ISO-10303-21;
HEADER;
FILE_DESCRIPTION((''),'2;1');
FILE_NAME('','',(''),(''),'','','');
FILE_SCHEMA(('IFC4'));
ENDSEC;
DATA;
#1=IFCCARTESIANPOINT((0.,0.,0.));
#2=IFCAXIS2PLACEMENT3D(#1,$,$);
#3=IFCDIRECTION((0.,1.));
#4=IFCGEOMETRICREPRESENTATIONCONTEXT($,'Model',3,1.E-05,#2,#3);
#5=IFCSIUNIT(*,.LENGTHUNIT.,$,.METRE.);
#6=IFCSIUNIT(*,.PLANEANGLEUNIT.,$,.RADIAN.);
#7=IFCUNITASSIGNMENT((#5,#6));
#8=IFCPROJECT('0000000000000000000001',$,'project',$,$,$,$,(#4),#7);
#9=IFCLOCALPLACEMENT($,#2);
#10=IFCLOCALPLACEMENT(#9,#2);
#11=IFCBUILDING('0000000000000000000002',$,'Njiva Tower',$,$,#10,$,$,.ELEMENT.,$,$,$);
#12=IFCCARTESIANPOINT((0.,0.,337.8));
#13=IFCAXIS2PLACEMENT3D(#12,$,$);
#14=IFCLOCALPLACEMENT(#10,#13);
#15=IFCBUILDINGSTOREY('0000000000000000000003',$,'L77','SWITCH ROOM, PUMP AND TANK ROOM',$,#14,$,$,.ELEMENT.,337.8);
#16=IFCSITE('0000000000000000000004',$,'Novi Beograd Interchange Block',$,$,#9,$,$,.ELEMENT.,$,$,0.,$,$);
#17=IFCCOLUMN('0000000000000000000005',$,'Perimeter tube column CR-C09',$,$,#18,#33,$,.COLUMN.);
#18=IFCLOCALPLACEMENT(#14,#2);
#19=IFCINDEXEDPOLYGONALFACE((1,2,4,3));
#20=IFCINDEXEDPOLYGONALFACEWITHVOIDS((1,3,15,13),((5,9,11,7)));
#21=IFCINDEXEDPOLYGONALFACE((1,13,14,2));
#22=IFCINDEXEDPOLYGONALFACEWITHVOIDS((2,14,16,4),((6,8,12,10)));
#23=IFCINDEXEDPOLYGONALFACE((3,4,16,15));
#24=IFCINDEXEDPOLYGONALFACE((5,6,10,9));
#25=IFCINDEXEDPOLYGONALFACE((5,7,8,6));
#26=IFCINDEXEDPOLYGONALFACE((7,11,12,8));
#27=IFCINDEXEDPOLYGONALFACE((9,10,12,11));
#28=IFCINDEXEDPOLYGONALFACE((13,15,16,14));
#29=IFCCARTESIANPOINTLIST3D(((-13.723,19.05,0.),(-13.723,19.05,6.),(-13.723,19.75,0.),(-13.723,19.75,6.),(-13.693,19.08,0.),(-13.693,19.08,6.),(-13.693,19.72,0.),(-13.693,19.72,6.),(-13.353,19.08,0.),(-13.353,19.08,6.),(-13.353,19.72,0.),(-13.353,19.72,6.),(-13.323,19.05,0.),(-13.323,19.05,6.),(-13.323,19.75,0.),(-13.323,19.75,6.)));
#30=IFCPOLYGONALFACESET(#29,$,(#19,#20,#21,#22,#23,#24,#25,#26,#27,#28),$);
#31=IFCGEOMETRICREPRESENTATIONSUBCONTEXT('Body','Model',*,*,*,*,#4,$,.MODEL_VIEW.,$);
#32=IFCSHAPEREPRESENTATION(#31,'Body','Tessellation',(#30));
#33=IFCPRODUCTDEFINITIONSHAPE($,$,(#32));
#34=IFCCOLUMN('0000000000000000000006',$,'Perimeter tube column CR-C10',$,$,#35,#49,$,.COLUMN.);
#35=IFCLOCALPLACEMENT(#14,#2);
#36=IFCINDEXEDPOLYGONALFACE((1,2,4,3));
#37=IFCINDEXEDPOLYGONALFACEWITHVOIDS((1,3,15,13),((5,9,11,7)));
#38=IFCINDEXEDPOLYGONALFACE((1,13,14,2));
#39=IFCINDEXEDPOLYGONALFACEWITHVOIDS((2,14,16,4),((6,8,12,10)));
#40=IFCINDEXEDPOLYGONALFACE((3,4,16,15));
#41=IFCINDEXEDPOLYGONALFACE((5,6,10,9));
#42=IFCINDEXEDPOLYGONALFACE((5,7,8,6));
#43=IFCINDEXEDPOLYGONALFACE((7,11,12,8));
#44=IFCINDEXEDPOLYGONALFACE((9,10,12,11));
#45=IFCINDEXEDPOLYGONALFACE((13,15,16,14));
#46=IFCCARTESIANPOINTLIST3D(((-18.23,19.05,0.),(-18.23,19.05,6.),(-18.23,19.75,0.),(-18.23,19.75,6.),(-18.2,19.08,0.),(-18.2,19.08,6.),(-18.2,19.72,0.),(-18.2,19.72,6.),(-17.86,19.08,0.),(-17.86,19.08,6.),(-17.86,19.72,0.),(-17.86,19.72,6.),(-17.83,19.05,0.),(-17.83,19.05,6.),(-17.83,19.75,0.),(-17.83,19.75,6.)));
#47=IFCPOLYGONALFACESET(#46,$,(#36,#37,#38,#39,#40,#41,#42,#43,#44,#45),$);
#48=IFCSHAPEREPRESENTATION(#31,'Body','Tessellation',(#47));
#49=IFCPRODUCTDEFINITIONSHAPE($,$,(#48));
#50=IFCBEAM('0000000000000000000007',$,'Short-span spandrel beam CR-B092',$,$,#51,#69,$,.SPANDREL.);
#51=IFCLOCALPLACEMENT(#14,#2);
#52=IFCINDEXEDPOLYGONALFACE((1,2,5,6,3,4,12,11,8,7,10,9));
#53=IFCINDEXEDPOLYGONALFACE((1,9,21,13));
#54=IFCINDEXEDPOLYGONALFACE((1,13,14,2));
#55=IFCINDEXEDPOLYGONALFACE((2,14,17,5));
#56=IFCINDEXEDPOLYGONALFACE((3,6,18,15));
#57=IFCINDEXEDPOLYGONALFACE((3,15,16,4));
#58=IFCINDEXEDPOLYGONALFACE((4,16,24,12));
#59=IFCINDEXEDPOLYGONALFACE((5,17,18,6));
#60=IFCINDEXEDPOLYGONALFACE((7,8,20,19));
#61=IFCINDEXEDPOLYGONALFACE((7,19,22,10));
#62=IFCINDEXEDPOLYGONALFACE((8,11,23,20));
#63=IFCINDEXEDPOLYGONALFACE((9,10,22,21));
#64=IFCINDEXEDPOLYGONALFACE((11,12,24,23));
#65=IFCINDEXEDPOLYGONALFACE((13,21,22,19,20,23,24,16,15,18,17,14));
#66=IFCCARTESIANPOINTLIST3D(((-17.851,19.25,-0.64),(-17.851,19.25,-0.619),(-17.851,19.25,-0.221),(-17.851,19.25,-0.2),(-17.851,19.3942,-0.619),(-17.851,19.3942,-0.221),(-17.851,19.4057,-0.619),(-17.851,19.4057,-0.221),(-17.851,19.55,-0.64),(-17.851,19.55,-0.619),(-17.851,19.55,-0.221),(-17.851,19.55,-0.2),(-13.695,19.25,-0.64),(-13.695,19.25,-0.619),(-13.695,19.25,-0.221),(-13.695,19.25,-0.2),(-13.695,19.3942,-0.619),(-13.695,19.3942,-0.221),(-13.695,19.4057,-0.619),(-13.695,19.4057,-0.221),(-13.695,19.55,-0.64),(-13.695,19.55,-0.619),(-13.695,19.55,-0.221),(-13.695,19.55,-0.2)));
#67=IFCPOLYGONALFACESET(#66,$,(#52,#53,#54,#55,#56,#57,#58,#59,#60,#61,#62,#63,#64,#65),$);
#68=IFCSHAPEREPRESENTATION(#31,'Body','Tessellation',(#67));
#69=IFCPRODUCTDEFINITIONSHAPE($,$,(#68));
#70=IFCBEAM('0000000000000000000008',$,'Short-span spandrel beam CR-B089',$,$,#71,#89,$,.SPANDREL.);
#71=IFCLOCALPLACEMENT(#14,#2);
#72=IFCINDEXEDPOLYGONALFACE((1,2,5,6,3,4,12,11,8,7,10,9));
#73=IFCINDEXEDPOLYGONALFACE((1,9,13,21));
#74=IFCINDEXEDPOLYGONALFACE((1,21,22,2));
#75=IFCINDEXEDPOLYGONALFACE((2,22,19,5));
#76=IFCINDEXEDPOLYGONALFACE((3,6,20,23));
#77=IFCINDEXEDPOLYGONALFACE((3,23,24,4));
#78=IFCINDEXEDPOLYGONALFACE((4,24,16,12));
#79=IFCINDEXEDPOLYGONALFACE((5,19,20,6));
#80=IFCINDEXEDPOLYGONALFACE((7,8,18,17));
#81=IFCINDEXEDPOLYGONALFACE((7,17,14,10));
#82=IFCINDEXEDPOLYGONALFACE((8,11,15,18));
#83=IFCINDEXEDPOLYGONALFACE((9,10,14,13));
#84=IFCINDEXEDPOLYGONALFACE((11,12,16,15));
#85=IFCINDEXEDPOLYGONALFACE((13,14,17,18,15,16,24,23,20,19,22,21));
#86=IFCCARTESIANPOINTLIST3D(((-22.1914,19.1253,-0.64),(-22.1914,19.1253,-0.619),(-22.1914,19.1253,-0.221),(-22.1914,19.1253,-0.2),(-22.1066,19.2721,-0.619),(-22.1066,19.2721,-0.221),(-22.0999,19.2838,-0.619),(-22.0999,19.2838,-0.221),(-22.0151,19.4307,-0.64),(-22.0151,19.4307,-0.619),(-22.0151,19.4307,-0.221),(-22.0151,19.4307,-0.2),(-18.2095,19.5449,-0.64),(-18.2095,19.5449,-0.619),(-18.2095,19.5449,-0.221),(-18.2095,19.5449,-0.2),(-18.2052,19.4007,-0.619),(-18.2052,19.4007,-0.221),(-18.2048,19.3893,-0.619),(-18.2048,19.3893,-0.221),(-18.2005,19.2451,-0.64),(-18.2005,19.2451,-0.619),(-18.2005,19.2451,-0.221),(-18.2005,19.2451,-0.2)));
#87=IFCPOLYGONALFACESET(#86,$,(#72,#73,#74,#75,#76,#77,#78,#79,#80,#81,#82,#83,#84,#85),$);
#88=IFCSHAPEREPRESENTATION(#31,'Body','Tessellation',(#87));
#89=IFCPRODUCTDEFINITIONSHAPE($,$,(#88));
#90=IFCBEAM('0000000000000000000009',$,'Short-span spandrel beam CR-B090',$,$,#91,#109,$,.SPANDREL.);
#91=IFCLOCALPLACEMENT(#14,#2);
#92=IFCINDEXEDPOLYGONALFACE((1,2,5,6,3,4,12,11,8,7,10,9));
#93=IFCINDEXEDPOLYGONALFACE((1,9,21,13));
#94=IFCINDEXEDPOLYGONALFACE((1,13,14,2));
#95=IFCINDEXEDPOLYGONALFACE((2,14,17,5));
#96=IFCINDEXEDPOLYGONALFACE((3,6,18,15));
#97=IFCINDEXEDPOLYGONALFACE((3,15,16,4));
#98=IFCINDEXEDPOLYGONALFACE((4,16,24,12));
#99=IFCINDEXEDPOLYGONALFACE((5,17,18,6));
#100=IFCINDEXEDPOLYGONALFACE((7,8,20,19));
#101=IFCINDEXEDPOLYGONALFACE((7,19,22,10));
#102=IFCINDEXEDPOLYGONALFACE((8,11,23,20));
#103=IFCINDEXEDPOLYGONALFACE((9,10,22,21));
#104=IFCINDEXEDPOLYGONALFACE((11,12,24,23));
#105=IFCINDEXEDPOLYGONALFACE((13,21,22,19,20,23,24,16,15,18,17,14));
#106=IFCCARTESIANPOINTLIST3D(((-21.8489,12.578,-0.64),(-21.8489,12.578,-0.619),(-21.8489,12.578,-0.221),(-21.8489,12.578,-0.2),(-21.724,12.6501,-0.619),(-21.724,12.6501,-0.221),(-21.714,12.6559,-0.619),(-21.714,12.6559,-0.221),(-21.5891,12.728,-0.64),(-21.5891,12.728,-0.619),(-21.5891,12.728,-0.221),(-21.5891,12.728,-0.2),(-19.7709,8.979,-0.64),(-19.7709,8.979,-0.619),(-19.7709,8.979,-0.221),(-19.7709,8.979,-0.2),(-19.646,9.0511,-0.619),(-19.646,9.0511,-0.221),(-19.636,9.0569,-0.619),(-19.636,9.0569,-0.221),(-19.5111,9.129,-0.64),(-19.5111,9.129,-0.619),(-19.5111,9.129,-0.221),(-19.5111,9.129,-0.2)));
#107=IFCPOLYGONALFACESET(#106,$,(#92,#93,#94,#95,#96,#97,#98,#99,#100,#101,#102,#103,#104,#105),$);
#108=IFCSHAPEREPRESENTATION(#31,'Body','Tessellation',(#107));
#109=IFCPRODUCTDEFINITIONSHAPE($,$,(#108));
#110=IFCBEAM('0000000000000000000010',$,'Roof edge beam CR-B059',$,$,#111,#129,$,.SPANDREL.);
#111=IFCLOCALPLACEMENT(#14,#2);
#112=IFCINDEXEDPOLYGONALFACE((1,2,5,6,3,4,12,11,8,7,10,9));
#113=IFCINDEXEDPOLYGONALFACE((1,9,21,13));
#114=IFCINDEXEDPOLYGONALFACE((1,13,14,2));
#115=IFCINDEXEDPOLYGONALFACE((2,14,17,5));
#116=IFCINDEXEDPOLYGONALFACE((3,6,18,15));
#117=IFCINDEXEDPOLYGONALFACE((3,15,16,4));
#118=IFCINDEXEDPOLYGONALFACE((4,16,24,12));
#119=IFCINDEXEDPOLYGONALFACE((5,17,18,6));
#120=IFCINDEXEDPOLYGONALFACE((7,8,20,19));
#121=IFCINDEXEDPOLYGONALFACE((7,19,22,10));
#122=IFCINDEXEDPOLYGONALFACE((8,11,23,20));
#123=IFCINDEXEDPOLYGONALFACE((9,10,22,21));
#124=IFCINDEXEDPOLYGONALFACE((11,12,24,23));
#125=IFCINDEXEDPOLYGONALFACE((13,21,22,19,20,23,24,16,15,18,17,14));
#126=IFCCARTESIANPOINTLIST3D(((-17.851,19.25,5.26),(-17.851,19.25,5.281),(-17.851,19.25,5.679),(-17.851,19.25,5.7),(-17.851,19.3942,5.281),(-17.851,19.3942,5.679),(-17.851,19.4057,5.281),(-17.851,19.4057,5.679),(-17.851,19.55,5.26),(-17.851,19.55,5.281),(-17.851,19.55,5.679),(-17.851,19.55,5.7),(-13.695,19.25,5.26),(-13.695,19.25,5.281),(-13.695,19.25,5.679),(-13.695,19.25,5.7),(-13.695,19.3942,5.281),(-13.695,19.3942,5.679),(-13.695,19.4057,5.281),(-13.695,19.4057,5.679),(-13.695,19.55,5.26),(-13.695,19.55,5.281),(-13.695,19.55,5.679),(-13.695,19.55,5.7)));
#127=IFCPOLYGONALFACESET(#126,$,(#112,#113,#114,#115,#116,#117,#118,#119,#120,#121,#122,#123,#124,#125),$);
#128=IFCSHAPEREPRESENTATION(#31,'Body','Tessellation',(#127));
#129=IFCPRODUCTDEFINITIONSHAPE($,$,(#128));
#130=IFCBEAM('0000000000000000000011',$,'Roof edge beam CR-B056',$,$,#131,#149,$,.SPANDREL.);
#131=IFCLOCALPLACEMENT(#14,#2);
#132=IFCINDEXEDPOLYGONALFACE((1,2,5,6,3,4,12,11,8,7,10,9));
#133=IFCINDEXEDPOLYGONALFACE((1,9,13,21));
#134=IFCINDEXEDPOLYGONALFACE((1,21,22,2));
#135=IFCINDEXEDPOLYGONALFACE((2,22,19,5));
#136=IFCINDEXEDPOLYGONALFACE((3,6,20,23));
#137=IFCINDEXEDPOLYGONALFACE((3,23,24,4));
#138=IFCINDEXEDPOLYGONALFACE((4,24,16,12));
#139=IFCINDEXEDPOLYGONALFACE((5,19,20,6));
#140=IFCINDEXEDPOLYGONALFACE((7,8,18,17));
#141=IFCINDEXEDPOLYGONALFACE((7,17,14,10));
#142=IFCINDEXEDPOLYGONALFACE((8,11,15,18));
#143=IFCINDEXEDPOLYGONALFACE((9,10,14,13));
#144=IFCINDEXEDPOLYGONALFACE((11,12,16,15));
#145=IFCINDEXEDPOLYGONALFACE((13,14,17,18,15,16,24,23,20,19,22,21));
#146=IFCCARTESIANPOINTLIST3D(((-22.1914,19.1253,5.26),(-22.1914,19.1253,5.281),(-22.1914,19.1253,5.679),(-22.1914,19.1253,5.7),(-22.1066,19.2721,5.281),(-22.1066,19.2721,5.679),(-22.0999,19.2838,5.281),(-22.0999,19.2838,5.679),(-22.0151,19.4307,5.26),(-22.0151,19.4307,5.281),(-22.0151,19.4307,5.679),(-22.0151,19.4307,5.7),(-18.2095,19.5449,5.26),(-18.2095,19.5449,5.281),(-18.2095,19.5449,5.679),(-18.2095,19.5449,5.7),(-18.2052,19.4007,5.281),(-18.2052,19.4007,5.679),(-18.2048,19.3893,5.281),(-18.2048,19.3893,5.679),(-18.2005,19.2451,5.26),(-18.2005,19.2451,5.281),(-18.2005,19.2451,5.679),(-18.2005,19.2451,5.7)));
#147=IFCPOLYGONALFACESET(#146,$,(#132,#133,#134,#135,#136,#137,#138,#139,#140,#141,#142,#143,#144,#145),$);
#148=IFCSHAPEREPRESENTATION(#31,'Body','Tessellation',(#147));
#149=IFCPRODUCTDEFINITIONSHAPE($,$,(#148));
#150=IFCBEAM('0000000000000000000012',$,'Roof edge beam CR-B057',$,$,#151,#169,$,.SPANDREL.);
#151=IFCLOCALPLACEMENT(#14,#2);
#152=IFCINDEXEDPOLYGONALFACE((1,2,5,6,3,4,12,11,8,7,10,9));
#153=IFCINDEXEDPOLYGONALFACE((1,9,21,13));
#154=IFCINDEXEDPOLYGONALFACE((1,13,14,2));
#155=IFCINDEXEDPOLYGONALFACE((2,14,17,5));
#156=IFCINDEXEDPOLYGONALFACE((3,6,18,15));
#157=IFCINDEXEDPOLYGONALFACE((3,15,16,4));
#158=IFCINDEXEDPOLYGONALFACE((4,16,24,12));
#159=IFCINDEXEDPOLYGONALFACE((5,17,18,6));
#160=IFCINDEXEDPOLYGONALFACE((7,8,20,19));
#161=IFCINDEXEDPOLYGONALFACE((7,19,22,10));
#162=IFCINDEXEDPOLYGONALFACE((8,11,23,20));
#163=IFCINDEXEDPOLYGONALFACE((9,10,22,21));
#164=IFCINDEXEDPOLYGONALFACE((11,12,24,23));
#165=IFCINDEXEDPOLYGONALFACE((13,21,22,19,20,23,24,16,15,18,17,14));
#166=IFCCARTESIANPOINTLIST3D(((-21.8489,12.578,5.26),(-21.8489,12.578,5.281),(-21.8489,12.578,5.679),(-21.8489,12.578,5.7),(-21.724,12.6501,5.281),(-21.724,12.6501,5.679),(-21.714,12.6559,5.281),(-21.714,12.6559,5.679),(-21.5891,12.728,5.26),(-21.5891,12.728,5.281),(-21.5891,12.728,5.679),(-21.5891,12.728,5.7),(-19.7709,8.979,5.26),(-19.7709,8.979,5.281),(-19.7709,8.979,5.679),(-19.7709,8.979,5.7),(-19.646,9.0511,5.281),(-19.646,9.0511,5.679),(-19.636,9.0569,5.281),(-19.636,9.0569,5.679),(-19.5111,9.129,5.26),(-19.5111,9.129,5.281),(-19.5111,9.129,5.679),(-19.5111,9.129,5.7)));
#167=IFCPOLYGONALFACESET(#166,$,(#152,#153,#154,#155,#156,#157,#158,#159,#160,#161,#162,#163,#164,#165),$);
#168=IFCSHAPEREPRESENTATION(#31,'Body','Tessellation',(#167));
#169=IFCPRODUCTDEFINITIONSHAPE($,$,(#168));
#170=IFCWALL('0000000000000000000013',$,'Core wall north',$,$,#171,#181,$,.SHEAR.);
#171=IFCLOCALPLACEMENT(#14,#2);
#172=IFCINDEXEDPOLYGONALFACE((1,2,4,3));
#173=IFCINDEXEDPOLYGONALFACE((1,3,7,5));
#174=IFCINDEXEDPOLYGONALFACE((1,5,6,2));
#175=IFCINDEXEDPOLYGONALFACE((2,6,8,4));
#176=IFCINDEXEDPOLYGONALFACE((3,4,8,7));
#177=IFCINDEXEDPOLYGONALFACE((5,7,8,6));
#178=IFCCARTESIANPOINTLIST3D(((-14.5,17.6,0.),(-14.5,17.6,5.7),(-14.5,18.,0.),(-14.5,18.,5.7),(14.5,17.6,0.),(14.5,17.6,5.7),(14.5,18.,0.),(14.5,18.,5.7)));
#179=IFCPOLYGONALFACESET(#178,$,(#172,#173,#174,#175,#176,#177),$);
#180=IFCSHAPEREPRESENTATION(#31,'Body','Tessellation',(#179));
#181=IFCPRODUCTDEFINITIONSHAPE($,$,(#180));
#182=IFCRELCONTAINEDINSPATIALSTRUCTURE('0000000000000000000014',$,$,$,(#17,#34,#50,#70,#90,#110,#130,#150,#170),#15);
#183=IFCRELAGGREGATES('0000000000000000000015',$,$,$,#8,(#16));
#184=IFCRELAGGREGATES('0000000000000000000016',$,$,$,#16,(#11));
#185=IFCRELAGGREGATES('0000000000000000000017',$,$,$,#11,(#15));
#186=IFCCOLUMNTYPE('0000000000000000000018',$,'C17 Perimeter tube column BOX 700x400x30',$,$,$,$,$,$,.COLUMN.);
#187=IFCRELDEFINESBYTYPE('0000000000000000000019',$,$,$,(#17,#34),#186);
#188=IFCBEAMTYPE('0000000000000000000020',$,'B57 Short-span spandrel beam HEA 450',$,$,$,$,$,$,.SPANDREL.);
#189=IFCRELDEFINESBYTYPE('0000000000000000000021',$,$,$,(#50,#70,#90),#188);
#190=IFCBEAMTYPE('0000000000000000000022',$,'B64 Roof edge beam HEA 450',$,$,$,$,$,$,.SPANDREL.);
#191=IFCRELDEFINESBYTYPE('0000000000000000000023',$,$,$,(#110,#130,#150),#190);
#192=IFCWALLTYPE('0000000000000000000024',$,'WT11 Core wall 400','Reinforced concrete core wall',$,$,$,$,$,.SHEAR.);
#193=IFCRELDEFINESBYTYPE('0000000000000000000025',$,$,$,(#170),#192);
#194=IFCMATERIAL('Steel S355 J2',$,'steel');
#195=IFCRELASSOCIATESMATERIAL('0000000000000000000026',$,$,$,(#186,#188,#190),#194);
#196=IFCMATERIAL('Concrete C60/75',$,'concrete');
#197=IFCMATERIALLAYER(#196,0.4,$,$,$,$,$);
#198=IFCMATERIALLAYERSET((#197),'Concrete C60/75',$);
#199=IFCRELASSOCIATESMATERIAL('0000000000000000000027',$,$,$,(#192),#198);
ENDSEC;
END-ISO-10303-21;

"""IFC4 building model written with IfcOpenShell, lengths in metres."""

from ifc_helpers import new_model, si_unit, direction, frame, frame_2d, origin, origin_2d, place, context, subcontext, project, spatial, rectangle, hollow_rectangle, i_section, extrude, clip, halfspace, material, layer, layer_set, material_profile, profile_set, type_object, element, save


model = new_model("IFC4")

# Units and contexts
model_context = context("Model", 3, precision=1e-05, world=origin(), true_north=direction((0.0, 1.0)))
body_context = subcontext(model_context, "Body", "Model", "MODEL_VIEW")
ifc_project = project(units=[si_unit("LENGTHUNIT", "METRE"), si_unit("PLANEANGLEUNIT", "RADIAN")], contexts=[model_context])

# Site, building, storey
site_placement = place(None, origin())
site = spatial("IfcSite", under=ifc_project, at=site_placement, Name="Novi Beograd Interchange Block", CompositionType="ELEMENT", RefElevation=0.0)
building_placement = place(site_placement, origin())
building = spatial("IfcBuilding", under=site, at=building_placement, Name="Njiva Tower", CompositionType="ELEMENT")
storey_placement = place(building_placement, frame((0.0, 0.0, 337.8)))
storey = spatial("IfcBuildingStorey", under=building, at=storey_placement, Name="L77", Description="SWITCH ROOM, PUMP AND TANK ROOM", CompositionType="ELEMENT", Elevation=337.8)

# Columns
ifc_material_1 = material(Name="Steel S355 J2", Category="steel")
ifc_material_profile_1 = material_profile(ifc_material_1, hollow_rectangle(XDim=0.4, YDim=0.7, WallThickness=0.03, at=origin_2d()), Name="BOX 700x400x30")
ifc_profile_set_1 = profile_set([ifc_material_profile_1], Name="Steel S355 J2")
column_type = type_object("IfcColumnType", Name="C17 Perimeter tube column BOX 700x400x30", PredefinedType="COLUMN", material=ifc_profile_set_1)
for number, where, z_axis, x_axis, name in (
    (1, (-13.523, 19.4, 0.0), (0.0, 0.0, 1.0), (-1.0, 0.0, 0.0), "Perimeter tube column CR-C09"),
    (2, (-18.03, 19.4, 0.0), (0.0, 0.0, 1.0), (-1.0, 0.0, 0.0), "Perimeter tube column CR-C10"),
):
    element("IfcColumn", number, at=place(storey_placement, frame(where, z_axis=z_axis, x_axis=x_axis)), inside=storey, type_object=column_type, Name=name, PredefinedType="COLUMN", context=body_context, shape_type="SweptSolid", body=[
        extrude(hollow_rectangle(XDim=0.4, YDim=0.7, WallThickness=0.03, at=origin_2d()), origin(), (0.0, 0.0, 1.0), 6.0),
    ])

# Beams
ifc_material_profile_2 = material_profile(ifc_material_1, i_section(OverallWidth=0.3, OverallDepth=0.44, WebThickness=0.0115, FlangeThickness=0.021, at=origin_2d()), Name="HEA 450")
ifc_profile_set_2 = profile_set([ifc_material_profile_2], Name="Steel S355 J2")
beam_type_1 = type_object("IfcBeamType", Name="B57 Short-span spandrel beam HEA 450", PredefinedType="SPANDREL", material=ifc_profile_set_2)
beam_1_placement = place(storey_placement, frame((-13.695, 19.4, -0.42), z_axis=(-1.0, 0.0, 0.0), x_axis=(0.0, -1.0, 0.0)))
element("IfcBeam", 3, at=beam_1_placement, inside=storey, type_object=beam_type_1, Name="Short-span spandrel beam CR-B092", PredefinedType="SPANDREL", context=body_context, shape_type="SweptSolid", body=[
    extrude(i_section(OverallWidth=0.3, OverallDepth=0.44, WebThickness=0.0115, FlangeThickness=0.021, at=origin_2d()), origin(), (0.0, 0.0, 1.0), 4.156),
])
beam_2_placement = place(storey_placement, frame((-18.205, 19.395, -0.42), z_axis=(-0.99955, -0.030002, 0.0), x_axis=(0.030002, -0.99955, 0.0)))
element("IfcBeam", 4, at=beam_2_placement, inside=storey, type_object=beam_type_1, Name="Short-span spandrel beam CR-B089", PredefinedType="SPANDREL", context=body_context, shape_type="Clipping", body=[
    clip(extrude(i_section(OverallWidth=0.3, OverallDepth=0.44, WebThickness=0.0115, FlangeThickness=0.021, at=origin_2d()), origin(), (0.0, 0.0, 1.0), 4.0128), halfspace(frame((-0.0259, 0.0, 3.884), z_axis=(-0.525755, 0.0, 0.850636), x_axis=(0.0, 1.0, 0.0)), False)),
])
beam_3_placement = place(storey_placement, frame((-21.719, 12.653, -0.42), z_axis=(0.500021, -0.866013, 0.0), x_axis=(0.866013, 0.500021, 0.0)))
element("IfcBeam", 5, at=beam_3_placement, inside=storey, type_object=beam_type_1, Name="Short-span spandrel beam CR-B090", PredefinedType="SPANDREL", context=body_context, shape_type="SweptSolid", body=[
    extrude(i_section(OverallWidth=0.3, OverallDepth=0.44, WebThickness=0.0115, FlangeThickness=0.021, at=origin_2d()), origin(), (0.0, 0.0, 1.0), 4.1558),
])
ifc_material_profile_3 = material_profile(ifc_material_1, i_section(OverallWidth=0.3, OverallDepth=0.44, WebThickness=0.0115, FlangeThickness=0.021, at=origin_2d()), Name="HEA 450")
ifc_profile_set_3 = profile_set([ifc_material_profile_3], Name="Steel S355 J2")
beam_type_2 = type_object("IfcBeamType", Name="B64 Roof edge beam HEA 450", PredefinedType="SPANDREL", material=ifc_profile_set_3)
beam_4_placement = place(storey_placement, frame((-13.695, 19.4, 5.48), z_axis=(-1.0, 0.0, 0.0), x_axis=(0.0, -1.0, 0.0)))
element("IfcBeam", 6, at=beam_4_placement, inside=storey, type_object=beam_type_2, Name="Roof edge beam CR-B059", PredefinedType="SPANDREL", context=body_context, shape_type="SweptSolid", body=[
    extrude(i_section(OverallWidth=0.3, OverallDepth=0.44, WebThickness=0.0115, FlangeThickness=0.021, at=origin_2d()), origin(), (0.0, 0.0, 1.0), 4.156),
])
beam_5_placement = place(storey_placement, frame((-18.205, 19.395, 5.48), z_axis=(-0.99955, -0.030002, 0.0), x_axis=(0.030002, -0.99955, 0.0)))
element("IfcBeam", 7, at=beam_5_placement, inside=storey, type_object=beam_type_2, Name="Roof edge beam CR-B056", PredefinedType="SPANDREL", context=body_context, shape_type="Clipping", body=[
    clip(extrude(i_section(OverallWidth=0.3, OverallDepth=0.44, WebThickness=0.0115, FlangeThickness=0.021, at=origin_2d()), origin(), (0.0, 0.0, 1.0), 4.0128), halfspace(frame((-0.0259, 0.0, 3.884), z_axis=(-0.525755, 0.0, 0.850636), x_axis=(0.0, 1.0, 0.0)), False)),
])
beam_6_placement = place(storey_placement, frame((-21.719, 12.653, 5.48), z_axis=(0.500021, -0.866013, 0.0), x_axis=(0.866013, 0.500021, 0.0)))
element("IfcBeam", 8, at=beam_6_placement, inside=storey, type_object=beam_type_2, Name="Roof edge beam CR-B057", PredefinedType="SPANDREL", context=body_context, shape_type="SweptSolid", body=[
    extrude(i_section(OverallWidth=0.3, OverallDepth=0.44, WebThickness=0.0115, FlangeThickness=0.021, at=origin_2d()), origin(), (0.0, 0.0, 1.0), 4.1558),
])

# Wall
ifc_material_2 = material(Name="Concrete C60/75", Category="concrete")
ifc_layer_1 = layer(ifc_material_2, 0.4)
ifc_layer_set_1 = layer_set([ifc_layer_1], Name="Concrete C60/75")
wall_type_1 = type_object("IfcWallType", Name="WT11 Core wall 400", Description="Reinforced concrete core wall", PredefinedType="SHEAR", material=ifc_layer_set_1)
wall_1_placement = place(storey_placement, frame((-14.5, 17.8, 0.0), z_axis=(0.0, 0.0, 1.0), x_axis=(1.0, 0.0, 0.0)))
element("IfcWall", 9, at=wall_1_placement, inside=storey, type_object=wall_type_1, Name="Core wall north", PredefinedType="SHEAR", context=body_context, shape_type="SweptSolid", body=[
    extrude(rectangle(XDim=29.0, YDim=0.4, at=frame_2d((14.5, 0.0))), origin(), (0.0, 0.0, 1.0), 5.7),
])

save(model, "model.ifc")
